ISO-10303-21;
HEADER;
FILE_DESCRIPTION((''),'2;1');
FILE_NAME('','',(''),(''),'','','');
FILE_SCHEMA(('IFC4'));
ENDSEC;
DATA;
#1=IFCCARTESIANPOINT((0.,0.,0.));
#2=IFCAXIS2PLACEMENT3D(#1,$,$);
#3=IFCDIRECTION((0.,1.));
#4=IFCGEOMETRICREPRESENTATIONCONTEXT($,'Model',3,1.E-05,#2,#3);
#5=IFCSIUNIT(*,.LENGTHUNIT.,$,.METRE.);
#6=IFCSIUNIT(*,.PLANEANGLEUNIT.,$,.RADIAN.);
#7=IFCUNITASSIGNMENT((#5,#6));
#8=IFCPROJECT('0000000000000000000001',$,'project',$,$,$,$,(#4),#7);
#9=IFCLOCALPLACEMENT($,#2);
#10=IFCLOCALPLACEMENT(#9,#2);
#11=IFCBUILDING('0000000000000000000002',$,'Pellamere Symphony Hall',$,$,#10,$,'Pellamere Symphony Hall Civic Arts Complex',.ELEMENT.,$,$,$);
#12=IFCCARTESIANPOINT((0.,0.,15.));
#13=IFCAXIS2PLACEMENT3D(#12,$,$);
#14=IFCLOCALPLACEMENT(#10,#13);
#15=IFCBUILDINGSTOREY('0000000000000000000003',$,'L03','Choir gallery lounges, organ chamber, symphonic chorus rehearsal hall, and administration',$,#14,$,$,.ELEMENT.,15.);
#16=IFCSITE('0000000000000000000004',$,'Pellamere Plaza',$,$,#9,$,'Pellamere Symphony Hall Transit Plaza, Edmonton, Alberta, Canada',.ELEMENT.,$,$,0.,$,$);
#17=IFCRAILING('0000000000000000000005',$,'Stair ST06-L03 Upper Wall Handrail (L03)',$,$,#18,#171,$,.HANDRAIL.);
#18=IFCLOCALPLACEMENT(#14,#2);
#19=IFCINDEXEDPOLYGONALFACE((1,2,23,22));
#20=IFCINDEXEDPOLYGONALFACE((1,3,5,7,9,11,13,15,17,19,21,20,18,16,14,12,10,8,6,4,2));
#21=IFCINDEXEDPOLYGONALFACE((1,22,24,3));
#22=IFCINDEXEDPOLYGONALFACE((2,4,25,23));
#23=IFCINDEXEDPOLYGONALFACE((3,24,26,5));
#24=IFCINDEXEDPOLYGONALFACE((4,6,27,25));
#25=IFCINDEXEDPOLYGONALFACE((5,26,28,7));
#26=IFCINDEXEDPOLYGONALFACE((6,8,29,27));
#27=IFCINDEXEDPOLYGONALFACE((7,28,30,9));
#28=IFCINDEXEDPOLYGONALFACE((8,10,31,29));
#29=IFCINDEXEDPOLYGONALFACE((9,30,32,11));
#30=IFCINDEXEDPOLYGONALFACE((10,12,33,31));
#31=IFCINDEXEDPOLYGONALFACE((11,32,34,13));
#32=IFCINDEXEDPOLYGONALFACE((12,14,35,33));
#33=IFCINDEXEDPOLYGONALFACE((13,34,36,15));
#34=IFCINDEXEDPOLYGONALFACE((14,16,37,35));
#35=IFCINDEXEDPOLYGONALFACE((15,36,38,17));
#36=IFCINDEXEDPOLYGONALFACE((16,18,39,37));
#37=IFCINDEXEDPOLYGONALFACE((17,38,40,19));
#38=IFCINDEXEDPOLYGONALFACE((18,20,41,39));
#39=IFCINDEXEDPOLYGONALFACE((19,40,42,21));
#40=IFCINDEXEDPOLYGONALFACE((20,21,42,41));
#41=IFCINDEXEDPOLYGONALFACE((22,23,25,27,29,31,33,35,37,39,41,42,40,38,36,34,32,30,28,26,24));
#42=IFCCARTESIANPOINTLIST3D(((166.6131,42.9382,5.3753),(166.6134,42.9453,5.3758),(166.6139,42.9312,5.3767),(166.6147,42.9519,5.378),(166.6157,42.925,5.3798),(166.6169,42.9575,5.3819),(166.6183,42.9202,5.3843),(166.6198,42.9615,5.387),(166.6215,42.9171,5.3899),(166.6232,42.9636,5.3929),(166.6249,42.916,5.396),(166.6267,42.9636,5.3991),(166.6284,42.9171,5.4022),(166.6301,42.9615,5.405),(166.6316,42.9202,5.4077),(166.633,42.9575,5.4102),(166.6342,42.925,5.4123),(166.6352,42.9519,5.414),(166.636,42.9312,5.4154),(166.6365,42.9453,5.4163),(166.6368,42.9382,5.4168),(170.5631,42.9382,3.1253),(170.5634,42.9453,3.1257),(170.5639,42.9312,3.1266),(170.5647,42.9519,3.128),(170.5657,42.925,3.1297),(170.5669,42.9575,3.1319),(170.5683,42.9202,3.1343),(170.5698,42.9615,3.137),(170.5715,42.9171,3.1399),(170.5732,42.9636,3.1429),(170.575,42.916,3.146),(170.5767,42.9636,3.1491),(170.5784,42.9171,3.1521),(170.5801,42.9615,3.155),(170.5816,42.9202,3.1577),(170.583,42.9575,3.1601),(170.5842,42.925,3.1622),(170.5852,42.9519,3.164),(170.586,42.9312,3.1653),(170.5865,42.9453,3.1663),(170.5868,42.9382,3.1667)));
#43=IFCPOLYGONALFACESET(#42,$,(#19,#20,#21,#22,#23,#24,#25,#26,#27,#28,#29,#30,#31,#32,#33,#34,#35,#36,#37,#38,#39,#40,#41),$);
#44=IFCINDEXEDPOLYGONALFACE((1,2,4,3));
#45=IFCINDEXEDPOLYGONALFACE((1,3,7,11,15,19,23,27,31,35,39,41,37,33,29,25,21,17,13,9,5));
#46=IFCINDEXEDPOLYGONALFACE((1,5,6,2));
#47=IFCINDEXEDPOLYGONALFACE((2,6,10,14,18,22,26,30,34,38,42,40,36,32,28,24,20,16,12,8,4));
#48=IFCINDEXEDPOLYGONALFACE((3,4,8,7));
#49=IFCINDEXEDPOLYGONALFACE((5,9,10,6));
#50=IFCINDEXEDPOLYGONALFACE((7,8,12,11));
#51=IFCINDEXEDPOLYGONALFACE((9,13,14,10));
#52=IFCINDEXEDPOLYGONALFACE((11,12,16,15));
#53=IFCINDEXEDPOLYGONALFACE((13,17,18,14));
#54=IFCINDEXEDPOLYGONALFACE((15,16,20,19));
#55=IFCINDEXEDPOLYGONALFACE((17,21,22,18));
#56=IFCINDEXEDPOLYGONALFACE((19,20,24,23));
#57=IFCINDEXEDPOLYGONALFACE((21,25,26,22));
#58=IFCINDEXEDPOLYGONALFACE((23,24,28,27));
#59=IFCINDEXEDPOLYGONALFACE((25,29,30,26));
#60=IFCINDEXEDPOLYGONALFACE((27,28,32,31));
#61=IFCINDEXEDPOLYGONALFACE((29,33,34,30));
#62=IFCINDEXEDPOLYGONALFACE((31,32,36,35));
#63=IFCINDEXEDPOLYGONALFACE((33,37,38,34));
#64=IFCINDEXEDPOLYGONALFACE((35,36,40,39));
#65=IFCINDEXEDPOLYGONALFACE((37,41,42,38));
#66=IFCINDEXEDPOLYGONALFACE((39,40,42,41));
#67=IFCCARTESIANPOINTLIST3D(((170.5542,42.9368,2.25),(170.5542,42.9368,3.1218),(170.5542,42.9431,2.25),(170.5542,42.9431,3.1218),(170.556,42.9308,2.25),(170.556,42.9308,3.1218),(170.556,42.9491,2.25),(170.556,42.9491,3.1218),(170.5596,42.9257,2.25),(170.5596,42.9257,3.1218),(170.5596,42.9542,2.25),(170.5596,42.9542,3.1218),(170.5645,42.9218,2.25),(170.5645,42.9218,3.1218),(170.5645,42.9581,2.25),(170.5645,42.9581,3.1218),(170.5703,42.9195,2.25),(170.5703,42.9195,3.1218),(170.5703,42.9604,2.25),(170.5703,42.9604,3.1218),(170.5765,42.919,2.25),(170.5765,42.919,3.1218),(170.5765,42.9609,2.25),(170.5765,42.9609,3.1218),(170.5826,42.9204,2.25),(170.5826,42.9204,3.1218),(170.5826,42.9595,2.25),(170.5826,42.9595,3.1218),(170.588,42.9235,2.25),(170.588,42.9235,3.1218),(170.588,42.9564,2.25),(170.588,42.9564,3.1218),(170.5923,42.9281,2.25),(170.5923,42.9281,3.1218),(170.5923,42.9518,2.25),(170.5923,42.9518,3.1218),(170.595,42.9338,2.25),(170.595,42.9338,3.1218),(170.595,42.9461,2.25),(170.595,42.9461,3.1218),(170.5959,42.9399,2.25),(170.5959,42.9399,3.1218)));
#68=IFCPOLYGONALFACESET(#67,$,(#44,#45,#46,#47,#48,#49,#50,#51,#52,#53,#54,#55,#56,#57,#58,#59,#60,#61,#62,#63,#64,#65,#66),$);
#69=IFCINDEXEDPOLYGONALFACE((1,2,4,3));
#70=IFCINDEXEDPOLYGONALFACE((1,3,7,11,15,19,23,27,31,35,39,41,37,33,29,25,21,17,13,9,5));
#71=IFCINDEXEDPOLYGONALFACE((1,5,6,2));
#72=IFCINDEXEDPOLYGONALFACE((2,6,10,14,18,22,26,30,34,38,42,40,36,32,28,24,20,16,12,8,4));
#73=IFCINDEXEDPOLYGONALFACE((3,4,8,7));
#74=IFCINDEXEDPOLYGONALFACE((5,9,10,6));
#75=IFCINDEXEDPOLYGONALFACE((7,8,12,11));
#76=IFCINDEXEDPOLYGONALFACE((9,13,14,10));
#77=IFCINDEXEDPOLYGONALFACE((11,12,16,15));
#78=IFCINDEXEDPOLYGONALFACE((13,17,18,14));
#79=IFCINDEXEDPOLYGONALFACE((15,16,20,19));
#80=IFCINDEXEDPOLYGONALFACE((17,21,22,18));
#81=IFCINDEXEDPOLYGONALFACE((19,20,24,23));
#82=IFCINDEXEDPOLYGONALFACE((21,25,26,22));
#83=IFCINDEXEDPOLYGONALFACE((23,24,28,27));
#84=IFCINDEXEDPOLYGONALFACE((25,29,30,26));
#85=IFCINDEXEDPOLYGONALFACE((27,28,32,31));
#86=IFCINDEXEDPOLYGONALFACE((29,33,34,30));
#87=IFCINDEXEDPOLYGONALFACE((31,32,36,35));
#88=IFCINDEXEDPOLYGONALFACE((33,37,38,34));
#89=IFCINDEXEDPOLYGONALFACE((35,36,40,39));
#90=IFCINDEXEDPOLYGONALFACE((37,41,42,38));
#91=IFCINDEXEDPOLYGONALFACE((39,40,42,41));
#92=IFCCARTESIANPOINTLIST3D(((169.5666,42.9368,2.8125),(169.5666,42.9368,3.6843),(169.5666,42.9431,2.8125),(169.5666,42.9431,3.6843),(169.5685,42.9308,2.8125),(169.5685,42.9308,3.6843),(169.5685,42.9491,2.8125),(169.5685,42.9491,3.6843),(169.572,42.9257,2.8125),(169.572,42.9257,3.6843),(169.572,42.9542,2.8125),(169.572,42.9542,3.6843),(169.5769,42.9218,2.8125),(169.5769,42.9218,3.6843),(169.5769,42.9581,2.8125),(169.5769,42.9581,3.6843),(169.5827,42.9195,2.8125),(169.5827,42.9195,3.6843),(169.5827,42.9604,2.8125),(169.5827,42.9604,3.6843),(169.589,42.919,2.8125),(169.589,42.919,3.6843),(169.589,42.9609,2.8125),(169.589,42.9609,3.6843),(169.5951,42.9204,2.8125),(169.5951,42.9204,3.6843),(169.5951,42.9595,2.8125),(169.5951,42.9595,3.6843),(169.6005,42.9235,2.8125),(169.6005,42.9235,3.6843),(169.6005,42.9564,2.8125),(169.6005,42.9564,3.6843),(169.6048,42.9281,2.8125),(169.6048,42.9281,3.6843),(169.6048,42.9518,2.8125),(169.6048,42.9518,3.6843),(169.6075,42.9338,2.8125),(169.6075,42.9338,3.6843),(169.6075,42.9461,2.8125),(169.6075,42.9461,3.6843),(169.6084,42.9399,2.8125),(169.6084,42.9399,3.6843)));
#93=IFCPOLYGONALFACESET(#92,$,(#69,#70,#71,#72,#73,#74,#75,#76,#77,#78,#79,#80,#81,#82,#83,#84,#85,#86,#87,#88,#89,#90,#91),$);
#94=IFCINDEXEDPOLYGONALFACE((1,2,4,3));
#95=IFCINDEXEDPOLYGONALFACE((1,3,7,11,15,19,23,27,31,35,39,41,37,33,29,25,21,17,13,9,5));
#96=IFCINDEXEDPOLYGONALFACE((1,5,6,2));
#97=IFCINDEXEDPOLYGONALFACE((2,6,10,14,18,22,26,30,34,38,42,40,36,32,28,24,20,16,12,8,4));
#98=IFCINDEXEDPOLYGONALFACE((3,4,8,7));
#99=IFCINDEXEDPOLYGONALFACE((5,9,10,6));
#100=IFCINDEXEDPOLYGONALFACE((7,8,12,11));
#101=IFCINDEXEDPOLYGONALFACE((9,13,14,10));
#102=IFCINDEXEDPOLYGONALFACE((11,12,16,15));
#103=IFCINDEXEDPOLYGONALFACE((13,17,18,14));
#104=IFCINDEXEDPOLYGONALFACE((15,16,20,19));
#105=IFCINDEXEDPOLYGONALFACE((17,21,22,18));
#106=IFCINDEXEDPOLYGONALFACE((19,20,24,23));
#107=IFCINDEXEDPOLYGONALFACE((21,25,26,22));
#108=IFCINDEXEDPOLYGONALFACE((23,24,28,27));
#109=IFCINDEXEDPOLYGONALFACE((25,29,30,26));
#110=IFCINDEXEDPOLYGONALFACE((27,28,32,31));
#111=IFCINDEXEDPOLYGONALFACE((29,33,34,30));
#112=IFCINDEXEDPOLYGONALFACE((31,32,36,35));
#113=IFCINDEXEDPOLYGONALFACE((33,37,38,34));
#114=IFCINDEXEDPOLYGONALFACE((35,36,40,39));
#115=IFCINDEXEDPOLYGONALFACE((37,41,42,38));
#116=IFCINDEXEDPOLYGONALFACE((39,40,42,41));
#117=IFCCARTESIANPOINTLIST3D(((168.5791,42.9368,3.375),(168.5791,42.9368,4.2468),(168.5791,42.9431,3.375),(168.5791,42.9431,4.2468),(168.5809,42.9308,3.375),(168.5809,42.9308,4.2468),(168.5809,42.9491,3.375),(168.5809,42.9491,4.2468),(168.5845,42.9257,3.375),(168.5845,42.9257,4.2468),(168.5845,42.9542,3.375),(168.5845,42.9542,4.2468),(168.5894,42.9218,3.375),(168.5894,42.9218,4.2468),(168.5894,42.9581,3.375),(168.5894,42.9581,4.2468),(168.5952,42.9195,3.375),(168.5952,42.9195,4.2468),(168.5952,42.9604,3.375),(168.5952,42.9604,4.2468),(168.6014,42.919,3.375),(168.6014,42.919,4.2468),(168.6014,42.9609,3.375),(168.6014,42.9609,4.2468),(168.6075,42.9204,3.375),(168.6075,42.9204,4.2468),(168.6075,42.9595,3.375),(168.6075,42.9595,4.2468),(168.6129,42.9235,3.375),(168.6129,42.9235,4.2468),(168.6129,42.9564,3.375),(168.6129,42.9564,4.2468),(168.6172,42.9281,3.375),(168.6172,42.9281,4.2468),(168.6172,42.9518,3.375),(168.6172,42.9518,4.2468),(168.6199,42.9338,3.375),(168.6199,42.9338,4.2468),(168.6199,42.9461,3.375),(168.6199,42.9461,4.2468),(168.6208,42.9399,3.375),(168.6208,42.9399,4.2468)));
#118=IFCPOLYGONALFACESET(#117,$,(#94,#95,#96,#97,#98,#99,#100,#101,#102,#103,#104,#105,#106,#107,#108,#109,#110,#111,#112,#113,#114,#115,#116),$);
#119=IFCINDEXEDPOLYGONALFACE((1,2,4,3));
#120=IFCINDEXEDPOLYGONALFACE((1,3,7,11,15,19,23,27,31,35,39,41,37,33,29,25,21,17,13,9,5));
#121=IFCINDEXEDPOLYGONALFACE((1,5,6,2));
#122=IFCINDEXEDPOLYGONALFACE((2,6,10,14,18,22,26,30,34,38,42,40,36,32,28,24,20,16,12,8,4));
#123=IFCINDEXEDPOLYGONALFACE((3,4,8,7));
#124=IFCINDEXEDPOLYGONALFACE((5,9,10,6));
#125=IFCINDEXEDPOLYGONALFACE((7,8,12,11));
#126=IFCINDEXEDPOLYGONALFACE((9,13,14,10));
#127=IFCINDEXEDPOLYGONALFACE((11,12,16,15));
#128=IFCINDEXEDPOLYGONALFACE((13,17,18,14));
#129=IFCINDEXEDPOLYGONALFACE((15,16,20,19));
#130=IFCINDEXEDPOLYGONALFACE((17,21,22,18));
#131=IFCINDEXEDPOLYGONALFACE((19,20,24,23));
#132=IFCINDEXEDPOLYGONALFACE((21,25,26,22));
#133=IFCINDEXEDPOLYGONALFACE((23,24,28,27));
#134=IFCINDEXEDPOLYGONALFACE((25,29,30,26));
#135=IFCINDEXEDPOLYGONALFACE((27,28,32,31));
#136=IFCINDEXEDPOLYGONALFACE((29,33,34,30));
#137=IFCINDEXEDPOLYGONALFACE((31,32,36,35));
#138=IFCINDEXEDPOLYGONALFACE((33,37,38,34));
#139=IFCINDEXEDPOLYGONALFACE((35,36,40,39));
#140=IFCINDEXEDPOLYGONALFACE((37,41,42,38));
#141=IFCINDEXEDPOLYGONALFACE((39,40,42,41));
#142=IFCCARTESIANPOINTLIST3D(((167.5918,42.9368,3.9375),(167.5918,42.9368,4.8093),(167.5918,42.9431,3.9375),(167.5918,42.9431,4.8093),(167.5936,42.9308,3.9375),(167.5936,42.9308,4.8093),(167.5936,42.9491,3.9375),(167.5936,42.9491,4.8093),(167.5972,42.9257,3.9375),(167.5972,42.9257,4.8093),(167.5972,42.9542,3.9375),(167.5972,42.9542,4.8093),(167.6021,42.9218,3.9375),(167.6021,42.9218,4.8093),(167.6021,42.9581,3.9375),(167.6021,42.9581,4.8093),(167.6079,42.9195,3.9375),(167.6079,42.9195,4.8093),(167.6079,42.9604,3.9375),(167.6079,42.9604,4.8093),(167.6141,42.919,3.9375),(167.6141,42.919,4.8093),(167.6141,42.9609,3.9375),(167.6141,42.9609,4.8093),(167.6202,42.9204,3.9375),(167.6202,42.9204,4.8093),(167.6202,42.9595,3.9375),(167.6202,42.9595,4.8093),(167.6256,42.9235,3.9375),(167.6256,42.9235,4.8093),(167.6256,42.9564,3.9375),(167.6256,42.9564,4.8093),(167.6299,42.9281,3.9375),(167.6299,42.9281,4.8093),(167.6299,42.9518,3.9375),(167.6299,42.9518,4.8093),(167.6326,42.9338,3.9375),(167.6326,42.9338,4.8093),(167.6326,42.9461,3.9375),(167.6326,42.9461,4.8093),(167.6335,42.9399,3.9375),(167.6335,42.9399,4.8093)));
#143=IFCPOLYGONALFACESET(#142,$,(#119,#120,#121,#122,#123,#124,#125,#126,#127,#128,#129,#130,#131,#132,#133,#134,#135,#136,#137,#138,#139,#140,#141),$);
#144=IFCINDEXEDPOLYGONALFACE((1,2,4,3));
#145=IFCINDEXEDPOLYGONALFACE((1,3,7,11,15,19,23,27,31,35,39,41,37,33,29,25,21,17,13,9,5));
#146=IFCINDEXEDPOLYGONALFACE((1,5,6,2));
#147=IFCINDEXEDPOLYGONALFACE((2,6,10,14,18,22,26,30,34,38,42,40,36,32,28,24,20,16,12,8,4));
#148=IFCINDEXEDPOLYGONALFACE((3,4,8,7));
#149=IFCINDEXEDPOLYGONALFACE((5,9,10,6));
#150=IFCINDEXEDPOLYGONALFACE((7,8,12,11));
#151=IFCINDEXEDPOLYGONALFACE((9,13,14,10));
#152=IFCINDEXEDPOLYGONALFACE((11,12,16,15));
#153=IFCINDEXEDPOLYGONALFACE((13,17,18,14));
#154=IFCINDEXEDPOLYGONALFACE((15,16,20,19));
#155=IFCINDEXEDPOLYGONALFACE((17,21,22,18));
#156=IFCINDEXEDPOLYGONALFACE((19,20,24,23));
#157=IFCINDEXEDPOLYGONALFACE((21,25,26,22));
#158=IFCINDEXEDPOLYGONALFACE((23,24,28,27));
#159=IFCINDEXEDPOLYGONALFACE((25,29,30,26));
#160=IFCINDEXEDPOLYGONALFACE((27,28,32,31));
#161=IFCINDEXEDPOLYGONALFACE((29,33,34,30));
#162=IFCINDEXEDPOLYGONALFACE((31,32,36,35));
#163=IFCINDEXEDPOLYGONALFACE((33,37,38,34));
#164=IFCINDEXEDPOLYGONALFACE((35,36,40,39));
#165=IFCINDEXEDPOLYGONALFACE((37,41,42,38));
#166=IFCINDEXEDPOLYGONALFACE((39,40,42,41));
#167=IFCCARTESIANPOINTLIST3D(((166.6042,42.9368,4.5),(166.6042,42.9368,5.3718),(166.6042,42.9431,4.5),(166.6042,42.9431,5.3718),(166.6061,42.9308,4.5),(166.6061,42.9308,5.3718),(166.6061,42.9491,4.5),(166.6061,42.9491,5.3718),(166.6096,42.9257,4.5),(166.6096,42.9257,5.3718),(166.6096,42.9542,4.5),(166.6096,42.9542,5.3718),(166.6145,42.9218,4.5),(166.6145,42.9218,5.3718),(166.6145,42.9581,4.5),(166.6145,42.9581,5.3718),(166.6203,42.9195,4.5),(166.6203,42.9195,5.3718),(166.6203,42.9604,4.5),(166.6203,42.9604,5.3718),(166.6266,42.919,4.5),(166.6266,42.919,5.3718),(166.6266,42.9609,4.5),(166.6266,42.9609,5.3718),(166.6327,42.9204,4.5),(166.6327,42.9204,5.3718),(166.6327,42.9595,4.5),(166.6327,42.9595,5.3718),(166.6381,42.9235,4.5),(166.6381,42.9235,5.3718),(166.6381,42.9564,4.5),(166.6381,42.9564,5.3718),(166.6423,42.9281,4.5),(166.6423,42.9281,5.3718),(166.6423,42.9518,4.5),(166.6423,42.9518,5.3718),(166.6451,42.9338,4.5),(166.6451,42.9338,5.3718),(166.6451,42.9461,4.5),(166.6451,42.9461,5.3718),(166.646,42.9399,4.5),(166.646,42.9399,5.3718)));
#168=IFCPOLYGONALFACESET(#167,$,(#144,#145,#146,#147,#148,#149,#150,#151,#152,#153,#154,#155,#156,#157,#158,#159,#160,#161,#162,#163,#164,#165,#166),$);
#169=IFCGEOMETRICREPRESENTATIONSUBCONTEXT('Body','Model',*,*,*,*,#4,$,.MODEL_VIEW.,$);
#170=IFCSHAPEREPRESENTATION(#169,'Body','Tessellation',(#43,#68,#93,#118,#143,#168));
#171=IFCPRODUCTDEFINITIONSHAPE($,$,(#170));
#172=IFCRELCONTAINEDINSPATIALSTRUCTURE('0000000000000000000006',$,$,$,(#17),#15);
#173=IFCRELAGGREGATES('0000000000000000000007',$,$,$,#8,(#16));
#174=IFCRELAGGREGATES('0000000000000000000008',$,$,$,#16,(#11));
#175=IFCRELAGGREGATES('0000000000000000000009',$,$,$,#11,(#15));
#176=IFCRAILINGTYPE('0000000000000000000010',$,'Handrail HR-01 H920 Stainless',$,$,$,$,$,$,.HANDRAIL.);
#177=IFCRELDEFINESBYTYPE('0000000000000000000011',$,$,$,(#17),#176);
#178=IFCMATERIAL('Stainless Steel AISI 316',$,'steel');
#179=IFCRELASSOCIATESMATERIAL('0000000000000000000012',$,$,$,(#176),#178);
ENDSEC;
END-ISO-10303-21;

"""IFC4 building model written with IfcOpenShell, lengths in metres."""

from ifc_helpers import new_model, si_unit, direction, frame, origin, origin_2d, place, context, subcontext, project, spatial, circle, extrude, material, type_object, element, save


model = new_model("IFC4")

# Units and contexts
model_context = context("Model", 3, precision=1e-05, world=origin(), true_north=direction((0.0, 1.0)))
body_context = subcontext(model_context, "Body", "Model", "MODEL_VIEW")
ifc_project = project(units=[si_unit("LENGTHUNIT", "METRE"), si_unit("PLANEANGLEUNIT", "RADIAN")], contexts=[model_context])

# Site, building, storey
site_placement = place(None, origin())
site = spatial("IfcSite", under=ifc_project, at=site_placement, Name="Pellamere Plaza", LongName="Pellamere Symphony Hall Transit Plaza, Edmonton, Alberta, Canada", CompositionType="ELEMENT", RefElevation=0.0)
building_placement = place(site_placement, origin())
building = spatial("IfcBuilding", under=site, at=building_placement, Name="Pellamere Symphony Hall", LongName="Pellamere Symphony Hall Civic Arts Complex", CompositionType="ELEMENT")
storey_placement = place(building_placement, frame((0.0, 0.0, 15.0)))
storey = spatial("IfcBuildingStorey", under=building, at=storey_placement, Name="L03", Description="Choir gallery lounges, organ chamber, symphonic chorus rehearsal hall, and administration", CompositionType="ELEMENT", Elevation=15.0)

# Railing
ifc_material_1 = material(Name="Stainless Steel AISI 316", Category="steel")
railing_type_1 = type_object("IfcRailingType", Name="Handrail HR-01 H920 Stainless", PredefinedType="HANDRAIL", material=ifc_material_1)
railing_1_placement = place(storey_placement, frame((170.575, 42.9399, 2.25)))
element("IfcRailing", 1, at=railing_1_placement, inside=storey, type_object=railing_type_1, Name="Stair ST06-L03 Upper Wall Handrail (L03)", PredefinedType="HANDRAIL", context=body_context, shape_type="SweptSolid", body=[
    extrude(circle(Radius=0.0239, at=origin_2d()), frame((0.0, 0.0, 0.896), z_axis=(-0.868917, 0.0, 0.494959), x_axis=(0.0, -1.0, 0.0)), (0.0, 0.0, 1.0), 4.5459),
    extrude(circle(Radius=0.021, at=origin_2d()), origin(), (0.0, 0.0, 1.0), 0.8718),
    extrude(circle(Radius=0.021, at=origin_2d()), frame((-0.9875, 0.0, 0.5625)), (0.0, 0.0, 1.0), 0.8718),
    extrude(circle(Radius=0.021, at=origin_2d()), frame((-1.9751, 0.0, 1.125)), (0.0, 0.0, 1.0), 0.8718),
    extrude(circle(Radius=0.021, at=origin_2d()), frame((-2.9624, 0.0, 1.6875)), (0.0, 0.0, 1.0), 0.8718),
    extrude(circle(Radius=0.021, at=origin_2d()), frame((-3.95, 0.0, 2.25)), (0.0, 0.0, 1.0), 0.8718),
])

save(model, "model.ifc")
